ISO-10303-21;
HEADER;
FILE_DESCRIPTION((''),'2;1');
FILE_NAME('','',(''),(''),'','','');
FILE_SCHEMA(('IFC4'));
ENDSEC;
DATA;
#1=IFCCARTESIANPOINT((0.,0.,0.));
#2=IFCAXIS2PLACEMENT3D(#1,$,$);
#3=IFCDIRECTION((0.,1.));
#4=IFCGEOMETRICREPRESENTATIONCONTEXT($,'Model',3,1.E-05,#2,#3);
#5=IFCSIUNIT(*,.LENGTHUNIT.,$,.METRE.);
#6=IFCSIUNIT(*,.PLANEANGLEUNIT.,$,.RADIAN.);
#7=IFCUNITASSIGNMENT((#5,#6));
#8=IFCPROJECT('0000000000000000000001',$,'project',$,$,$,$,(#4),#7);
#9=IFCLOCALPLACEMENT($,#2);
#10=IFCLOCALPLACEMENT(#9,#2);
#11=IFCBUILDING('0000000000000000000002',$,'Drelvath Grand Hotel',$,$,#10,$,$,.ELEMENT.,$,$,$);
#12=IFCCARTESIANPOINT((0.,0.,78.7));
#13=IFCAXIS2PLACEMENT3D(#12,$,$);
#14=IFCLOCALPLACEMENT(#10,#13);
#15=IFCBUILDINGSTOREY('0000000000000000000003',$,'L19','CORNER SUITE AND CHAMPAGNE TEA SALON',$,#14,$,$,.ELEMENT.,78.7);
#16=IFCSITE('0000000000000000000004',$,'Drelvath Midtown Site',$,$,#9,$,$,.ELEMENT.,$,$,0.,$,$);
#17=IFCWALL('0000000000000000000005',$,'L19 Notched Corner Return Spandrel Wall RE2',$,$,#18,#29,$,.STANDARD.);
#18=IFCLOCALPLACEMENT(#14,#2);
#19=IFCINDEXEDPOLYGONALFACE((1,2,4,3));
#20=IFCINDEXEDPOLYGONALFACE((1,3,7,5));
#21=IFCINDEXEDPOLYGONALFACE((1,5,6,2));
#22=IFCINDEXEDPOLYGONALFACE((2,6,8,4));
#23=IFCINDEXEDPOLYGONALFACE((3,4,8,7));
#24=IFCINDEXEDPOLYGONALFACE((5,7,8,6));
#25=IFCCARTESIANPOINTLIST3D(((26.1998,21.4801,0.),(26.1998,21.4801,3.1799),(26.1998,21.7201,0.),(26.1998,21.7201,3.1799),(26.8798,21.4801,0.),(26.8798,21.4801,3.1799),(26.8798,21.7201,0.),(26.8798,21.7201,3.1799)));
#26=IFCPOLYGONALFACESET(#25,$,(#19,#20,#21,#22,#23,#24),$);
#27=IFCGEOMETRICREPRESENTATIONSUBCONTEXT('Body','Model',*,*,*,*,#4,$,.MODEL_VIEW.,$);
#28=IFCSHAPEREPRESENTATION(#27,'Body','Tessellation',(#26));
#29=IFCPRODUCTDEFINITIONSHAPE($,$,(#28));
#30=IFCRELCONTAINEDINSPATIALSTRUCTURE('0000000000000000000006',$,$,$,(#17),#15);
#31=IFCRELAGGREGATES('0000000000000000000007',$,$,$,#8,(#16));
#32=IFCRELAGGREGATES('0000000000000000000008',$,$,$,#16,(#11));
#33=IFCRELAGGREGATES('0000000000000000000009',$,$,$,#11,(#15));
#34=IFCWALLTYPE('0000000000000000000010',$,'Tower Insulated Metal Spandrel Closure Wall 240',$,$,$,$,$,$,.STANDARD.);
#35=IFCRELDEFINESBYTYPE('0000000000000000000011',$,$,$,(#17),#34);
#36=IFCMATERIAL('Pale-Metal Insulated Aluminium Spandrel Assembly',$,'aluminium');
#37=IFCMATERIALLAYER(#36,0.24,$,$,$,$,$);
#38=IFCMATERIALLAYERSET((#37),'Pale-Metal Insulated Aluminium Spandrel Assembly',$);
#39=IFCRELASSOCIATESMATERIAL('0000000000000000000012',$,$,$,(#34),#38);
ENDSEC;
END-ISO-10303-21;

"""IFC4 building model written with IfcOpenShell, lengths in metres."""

from ifc_helpers import new_model, si_unit, direction, frame, frame_2d, origin, place, context, subcontext, project, spatial, rectangle, extrude, material, layer, layer_set, type_object, element, save


model = new_model("IFC4")

# Units and contexts
model_context = context("Model", 3, precision=1e-05, world=origin(), true_north=direction((0.0, 1.0)))
body_context = subcontext(model_context, "Body", "Model", "MODEL_VIEW")
ifc_project = project(units=[si_unit("LENGTHUNIT", "METRE"), si_unit("PLANEANGLEUNIT", "RADIAN")], contexts=[model_context])

# Site, building, storey
site_placement = place(None, origin())
site = spatial("IfcSite", under=ifc_project, at=site_placement, Name="Drelvath Midtown Site", CompositionType="ELEMENT", RefElevation=0.0)
building_placement = place(site_placement, origin())
building = spatial("IfcBuilding", under=site, at=building_placement, Name="Drelvath Grand Hotel", CompositionType="ELEMENT")
storey_placement = place(building_placement, frame((0.0, 0.0, 78.7)))
storey = spatial("IfcBuildingStorey", under=building, at=storey_placement, Name="L19", Description="CORNER SUITE AND CHAMPAGNE TEA SALON", CompositionType="ELEMENT", Elevation=78.7)

# Wall
ifc_material_1 = material(Name="Pale-Metal Insulated Aluminium Spandrel Assembly", Category="aluminium")
ifc_layer_1 = layer(ifc_material_1, 0.24)
ifc_layer_set_1 = layer_set([ifc_layer_1], Name="Pale-Metal Insulated Aluminium Spandrel Assembly")
wall_type_1 = type_object("IfcWallType", Name="Tower Insulated Metal Spandrel Closure Wall 240", PredefinedType="STANDARD", material=ifc_layer_set_1)
wall_1_placement = place(storey_placement, frame((26.2, 21.6001, 0.0), z_axis=(0.0, 0.0, 1.0), x_axis=(1.0, 0.0, 0.0)))
element("IfcWall", 1, at=wall_1_placement, inside=storey, type_object=wall_type_1, Name="L19 Notched Corner Return Spandrel Wall RE2", PredefinedType="STANDARD", context=body_context, shape_type="SweptSolid", body=[
    extrude(rectangle(XDim=0.6799, YDim=0.24, at=frame_2d((0.3398, 0.0))), origin(), (0.0, 0.0, 1.0), 3.1799),
])

save(model, "model.ifc")
